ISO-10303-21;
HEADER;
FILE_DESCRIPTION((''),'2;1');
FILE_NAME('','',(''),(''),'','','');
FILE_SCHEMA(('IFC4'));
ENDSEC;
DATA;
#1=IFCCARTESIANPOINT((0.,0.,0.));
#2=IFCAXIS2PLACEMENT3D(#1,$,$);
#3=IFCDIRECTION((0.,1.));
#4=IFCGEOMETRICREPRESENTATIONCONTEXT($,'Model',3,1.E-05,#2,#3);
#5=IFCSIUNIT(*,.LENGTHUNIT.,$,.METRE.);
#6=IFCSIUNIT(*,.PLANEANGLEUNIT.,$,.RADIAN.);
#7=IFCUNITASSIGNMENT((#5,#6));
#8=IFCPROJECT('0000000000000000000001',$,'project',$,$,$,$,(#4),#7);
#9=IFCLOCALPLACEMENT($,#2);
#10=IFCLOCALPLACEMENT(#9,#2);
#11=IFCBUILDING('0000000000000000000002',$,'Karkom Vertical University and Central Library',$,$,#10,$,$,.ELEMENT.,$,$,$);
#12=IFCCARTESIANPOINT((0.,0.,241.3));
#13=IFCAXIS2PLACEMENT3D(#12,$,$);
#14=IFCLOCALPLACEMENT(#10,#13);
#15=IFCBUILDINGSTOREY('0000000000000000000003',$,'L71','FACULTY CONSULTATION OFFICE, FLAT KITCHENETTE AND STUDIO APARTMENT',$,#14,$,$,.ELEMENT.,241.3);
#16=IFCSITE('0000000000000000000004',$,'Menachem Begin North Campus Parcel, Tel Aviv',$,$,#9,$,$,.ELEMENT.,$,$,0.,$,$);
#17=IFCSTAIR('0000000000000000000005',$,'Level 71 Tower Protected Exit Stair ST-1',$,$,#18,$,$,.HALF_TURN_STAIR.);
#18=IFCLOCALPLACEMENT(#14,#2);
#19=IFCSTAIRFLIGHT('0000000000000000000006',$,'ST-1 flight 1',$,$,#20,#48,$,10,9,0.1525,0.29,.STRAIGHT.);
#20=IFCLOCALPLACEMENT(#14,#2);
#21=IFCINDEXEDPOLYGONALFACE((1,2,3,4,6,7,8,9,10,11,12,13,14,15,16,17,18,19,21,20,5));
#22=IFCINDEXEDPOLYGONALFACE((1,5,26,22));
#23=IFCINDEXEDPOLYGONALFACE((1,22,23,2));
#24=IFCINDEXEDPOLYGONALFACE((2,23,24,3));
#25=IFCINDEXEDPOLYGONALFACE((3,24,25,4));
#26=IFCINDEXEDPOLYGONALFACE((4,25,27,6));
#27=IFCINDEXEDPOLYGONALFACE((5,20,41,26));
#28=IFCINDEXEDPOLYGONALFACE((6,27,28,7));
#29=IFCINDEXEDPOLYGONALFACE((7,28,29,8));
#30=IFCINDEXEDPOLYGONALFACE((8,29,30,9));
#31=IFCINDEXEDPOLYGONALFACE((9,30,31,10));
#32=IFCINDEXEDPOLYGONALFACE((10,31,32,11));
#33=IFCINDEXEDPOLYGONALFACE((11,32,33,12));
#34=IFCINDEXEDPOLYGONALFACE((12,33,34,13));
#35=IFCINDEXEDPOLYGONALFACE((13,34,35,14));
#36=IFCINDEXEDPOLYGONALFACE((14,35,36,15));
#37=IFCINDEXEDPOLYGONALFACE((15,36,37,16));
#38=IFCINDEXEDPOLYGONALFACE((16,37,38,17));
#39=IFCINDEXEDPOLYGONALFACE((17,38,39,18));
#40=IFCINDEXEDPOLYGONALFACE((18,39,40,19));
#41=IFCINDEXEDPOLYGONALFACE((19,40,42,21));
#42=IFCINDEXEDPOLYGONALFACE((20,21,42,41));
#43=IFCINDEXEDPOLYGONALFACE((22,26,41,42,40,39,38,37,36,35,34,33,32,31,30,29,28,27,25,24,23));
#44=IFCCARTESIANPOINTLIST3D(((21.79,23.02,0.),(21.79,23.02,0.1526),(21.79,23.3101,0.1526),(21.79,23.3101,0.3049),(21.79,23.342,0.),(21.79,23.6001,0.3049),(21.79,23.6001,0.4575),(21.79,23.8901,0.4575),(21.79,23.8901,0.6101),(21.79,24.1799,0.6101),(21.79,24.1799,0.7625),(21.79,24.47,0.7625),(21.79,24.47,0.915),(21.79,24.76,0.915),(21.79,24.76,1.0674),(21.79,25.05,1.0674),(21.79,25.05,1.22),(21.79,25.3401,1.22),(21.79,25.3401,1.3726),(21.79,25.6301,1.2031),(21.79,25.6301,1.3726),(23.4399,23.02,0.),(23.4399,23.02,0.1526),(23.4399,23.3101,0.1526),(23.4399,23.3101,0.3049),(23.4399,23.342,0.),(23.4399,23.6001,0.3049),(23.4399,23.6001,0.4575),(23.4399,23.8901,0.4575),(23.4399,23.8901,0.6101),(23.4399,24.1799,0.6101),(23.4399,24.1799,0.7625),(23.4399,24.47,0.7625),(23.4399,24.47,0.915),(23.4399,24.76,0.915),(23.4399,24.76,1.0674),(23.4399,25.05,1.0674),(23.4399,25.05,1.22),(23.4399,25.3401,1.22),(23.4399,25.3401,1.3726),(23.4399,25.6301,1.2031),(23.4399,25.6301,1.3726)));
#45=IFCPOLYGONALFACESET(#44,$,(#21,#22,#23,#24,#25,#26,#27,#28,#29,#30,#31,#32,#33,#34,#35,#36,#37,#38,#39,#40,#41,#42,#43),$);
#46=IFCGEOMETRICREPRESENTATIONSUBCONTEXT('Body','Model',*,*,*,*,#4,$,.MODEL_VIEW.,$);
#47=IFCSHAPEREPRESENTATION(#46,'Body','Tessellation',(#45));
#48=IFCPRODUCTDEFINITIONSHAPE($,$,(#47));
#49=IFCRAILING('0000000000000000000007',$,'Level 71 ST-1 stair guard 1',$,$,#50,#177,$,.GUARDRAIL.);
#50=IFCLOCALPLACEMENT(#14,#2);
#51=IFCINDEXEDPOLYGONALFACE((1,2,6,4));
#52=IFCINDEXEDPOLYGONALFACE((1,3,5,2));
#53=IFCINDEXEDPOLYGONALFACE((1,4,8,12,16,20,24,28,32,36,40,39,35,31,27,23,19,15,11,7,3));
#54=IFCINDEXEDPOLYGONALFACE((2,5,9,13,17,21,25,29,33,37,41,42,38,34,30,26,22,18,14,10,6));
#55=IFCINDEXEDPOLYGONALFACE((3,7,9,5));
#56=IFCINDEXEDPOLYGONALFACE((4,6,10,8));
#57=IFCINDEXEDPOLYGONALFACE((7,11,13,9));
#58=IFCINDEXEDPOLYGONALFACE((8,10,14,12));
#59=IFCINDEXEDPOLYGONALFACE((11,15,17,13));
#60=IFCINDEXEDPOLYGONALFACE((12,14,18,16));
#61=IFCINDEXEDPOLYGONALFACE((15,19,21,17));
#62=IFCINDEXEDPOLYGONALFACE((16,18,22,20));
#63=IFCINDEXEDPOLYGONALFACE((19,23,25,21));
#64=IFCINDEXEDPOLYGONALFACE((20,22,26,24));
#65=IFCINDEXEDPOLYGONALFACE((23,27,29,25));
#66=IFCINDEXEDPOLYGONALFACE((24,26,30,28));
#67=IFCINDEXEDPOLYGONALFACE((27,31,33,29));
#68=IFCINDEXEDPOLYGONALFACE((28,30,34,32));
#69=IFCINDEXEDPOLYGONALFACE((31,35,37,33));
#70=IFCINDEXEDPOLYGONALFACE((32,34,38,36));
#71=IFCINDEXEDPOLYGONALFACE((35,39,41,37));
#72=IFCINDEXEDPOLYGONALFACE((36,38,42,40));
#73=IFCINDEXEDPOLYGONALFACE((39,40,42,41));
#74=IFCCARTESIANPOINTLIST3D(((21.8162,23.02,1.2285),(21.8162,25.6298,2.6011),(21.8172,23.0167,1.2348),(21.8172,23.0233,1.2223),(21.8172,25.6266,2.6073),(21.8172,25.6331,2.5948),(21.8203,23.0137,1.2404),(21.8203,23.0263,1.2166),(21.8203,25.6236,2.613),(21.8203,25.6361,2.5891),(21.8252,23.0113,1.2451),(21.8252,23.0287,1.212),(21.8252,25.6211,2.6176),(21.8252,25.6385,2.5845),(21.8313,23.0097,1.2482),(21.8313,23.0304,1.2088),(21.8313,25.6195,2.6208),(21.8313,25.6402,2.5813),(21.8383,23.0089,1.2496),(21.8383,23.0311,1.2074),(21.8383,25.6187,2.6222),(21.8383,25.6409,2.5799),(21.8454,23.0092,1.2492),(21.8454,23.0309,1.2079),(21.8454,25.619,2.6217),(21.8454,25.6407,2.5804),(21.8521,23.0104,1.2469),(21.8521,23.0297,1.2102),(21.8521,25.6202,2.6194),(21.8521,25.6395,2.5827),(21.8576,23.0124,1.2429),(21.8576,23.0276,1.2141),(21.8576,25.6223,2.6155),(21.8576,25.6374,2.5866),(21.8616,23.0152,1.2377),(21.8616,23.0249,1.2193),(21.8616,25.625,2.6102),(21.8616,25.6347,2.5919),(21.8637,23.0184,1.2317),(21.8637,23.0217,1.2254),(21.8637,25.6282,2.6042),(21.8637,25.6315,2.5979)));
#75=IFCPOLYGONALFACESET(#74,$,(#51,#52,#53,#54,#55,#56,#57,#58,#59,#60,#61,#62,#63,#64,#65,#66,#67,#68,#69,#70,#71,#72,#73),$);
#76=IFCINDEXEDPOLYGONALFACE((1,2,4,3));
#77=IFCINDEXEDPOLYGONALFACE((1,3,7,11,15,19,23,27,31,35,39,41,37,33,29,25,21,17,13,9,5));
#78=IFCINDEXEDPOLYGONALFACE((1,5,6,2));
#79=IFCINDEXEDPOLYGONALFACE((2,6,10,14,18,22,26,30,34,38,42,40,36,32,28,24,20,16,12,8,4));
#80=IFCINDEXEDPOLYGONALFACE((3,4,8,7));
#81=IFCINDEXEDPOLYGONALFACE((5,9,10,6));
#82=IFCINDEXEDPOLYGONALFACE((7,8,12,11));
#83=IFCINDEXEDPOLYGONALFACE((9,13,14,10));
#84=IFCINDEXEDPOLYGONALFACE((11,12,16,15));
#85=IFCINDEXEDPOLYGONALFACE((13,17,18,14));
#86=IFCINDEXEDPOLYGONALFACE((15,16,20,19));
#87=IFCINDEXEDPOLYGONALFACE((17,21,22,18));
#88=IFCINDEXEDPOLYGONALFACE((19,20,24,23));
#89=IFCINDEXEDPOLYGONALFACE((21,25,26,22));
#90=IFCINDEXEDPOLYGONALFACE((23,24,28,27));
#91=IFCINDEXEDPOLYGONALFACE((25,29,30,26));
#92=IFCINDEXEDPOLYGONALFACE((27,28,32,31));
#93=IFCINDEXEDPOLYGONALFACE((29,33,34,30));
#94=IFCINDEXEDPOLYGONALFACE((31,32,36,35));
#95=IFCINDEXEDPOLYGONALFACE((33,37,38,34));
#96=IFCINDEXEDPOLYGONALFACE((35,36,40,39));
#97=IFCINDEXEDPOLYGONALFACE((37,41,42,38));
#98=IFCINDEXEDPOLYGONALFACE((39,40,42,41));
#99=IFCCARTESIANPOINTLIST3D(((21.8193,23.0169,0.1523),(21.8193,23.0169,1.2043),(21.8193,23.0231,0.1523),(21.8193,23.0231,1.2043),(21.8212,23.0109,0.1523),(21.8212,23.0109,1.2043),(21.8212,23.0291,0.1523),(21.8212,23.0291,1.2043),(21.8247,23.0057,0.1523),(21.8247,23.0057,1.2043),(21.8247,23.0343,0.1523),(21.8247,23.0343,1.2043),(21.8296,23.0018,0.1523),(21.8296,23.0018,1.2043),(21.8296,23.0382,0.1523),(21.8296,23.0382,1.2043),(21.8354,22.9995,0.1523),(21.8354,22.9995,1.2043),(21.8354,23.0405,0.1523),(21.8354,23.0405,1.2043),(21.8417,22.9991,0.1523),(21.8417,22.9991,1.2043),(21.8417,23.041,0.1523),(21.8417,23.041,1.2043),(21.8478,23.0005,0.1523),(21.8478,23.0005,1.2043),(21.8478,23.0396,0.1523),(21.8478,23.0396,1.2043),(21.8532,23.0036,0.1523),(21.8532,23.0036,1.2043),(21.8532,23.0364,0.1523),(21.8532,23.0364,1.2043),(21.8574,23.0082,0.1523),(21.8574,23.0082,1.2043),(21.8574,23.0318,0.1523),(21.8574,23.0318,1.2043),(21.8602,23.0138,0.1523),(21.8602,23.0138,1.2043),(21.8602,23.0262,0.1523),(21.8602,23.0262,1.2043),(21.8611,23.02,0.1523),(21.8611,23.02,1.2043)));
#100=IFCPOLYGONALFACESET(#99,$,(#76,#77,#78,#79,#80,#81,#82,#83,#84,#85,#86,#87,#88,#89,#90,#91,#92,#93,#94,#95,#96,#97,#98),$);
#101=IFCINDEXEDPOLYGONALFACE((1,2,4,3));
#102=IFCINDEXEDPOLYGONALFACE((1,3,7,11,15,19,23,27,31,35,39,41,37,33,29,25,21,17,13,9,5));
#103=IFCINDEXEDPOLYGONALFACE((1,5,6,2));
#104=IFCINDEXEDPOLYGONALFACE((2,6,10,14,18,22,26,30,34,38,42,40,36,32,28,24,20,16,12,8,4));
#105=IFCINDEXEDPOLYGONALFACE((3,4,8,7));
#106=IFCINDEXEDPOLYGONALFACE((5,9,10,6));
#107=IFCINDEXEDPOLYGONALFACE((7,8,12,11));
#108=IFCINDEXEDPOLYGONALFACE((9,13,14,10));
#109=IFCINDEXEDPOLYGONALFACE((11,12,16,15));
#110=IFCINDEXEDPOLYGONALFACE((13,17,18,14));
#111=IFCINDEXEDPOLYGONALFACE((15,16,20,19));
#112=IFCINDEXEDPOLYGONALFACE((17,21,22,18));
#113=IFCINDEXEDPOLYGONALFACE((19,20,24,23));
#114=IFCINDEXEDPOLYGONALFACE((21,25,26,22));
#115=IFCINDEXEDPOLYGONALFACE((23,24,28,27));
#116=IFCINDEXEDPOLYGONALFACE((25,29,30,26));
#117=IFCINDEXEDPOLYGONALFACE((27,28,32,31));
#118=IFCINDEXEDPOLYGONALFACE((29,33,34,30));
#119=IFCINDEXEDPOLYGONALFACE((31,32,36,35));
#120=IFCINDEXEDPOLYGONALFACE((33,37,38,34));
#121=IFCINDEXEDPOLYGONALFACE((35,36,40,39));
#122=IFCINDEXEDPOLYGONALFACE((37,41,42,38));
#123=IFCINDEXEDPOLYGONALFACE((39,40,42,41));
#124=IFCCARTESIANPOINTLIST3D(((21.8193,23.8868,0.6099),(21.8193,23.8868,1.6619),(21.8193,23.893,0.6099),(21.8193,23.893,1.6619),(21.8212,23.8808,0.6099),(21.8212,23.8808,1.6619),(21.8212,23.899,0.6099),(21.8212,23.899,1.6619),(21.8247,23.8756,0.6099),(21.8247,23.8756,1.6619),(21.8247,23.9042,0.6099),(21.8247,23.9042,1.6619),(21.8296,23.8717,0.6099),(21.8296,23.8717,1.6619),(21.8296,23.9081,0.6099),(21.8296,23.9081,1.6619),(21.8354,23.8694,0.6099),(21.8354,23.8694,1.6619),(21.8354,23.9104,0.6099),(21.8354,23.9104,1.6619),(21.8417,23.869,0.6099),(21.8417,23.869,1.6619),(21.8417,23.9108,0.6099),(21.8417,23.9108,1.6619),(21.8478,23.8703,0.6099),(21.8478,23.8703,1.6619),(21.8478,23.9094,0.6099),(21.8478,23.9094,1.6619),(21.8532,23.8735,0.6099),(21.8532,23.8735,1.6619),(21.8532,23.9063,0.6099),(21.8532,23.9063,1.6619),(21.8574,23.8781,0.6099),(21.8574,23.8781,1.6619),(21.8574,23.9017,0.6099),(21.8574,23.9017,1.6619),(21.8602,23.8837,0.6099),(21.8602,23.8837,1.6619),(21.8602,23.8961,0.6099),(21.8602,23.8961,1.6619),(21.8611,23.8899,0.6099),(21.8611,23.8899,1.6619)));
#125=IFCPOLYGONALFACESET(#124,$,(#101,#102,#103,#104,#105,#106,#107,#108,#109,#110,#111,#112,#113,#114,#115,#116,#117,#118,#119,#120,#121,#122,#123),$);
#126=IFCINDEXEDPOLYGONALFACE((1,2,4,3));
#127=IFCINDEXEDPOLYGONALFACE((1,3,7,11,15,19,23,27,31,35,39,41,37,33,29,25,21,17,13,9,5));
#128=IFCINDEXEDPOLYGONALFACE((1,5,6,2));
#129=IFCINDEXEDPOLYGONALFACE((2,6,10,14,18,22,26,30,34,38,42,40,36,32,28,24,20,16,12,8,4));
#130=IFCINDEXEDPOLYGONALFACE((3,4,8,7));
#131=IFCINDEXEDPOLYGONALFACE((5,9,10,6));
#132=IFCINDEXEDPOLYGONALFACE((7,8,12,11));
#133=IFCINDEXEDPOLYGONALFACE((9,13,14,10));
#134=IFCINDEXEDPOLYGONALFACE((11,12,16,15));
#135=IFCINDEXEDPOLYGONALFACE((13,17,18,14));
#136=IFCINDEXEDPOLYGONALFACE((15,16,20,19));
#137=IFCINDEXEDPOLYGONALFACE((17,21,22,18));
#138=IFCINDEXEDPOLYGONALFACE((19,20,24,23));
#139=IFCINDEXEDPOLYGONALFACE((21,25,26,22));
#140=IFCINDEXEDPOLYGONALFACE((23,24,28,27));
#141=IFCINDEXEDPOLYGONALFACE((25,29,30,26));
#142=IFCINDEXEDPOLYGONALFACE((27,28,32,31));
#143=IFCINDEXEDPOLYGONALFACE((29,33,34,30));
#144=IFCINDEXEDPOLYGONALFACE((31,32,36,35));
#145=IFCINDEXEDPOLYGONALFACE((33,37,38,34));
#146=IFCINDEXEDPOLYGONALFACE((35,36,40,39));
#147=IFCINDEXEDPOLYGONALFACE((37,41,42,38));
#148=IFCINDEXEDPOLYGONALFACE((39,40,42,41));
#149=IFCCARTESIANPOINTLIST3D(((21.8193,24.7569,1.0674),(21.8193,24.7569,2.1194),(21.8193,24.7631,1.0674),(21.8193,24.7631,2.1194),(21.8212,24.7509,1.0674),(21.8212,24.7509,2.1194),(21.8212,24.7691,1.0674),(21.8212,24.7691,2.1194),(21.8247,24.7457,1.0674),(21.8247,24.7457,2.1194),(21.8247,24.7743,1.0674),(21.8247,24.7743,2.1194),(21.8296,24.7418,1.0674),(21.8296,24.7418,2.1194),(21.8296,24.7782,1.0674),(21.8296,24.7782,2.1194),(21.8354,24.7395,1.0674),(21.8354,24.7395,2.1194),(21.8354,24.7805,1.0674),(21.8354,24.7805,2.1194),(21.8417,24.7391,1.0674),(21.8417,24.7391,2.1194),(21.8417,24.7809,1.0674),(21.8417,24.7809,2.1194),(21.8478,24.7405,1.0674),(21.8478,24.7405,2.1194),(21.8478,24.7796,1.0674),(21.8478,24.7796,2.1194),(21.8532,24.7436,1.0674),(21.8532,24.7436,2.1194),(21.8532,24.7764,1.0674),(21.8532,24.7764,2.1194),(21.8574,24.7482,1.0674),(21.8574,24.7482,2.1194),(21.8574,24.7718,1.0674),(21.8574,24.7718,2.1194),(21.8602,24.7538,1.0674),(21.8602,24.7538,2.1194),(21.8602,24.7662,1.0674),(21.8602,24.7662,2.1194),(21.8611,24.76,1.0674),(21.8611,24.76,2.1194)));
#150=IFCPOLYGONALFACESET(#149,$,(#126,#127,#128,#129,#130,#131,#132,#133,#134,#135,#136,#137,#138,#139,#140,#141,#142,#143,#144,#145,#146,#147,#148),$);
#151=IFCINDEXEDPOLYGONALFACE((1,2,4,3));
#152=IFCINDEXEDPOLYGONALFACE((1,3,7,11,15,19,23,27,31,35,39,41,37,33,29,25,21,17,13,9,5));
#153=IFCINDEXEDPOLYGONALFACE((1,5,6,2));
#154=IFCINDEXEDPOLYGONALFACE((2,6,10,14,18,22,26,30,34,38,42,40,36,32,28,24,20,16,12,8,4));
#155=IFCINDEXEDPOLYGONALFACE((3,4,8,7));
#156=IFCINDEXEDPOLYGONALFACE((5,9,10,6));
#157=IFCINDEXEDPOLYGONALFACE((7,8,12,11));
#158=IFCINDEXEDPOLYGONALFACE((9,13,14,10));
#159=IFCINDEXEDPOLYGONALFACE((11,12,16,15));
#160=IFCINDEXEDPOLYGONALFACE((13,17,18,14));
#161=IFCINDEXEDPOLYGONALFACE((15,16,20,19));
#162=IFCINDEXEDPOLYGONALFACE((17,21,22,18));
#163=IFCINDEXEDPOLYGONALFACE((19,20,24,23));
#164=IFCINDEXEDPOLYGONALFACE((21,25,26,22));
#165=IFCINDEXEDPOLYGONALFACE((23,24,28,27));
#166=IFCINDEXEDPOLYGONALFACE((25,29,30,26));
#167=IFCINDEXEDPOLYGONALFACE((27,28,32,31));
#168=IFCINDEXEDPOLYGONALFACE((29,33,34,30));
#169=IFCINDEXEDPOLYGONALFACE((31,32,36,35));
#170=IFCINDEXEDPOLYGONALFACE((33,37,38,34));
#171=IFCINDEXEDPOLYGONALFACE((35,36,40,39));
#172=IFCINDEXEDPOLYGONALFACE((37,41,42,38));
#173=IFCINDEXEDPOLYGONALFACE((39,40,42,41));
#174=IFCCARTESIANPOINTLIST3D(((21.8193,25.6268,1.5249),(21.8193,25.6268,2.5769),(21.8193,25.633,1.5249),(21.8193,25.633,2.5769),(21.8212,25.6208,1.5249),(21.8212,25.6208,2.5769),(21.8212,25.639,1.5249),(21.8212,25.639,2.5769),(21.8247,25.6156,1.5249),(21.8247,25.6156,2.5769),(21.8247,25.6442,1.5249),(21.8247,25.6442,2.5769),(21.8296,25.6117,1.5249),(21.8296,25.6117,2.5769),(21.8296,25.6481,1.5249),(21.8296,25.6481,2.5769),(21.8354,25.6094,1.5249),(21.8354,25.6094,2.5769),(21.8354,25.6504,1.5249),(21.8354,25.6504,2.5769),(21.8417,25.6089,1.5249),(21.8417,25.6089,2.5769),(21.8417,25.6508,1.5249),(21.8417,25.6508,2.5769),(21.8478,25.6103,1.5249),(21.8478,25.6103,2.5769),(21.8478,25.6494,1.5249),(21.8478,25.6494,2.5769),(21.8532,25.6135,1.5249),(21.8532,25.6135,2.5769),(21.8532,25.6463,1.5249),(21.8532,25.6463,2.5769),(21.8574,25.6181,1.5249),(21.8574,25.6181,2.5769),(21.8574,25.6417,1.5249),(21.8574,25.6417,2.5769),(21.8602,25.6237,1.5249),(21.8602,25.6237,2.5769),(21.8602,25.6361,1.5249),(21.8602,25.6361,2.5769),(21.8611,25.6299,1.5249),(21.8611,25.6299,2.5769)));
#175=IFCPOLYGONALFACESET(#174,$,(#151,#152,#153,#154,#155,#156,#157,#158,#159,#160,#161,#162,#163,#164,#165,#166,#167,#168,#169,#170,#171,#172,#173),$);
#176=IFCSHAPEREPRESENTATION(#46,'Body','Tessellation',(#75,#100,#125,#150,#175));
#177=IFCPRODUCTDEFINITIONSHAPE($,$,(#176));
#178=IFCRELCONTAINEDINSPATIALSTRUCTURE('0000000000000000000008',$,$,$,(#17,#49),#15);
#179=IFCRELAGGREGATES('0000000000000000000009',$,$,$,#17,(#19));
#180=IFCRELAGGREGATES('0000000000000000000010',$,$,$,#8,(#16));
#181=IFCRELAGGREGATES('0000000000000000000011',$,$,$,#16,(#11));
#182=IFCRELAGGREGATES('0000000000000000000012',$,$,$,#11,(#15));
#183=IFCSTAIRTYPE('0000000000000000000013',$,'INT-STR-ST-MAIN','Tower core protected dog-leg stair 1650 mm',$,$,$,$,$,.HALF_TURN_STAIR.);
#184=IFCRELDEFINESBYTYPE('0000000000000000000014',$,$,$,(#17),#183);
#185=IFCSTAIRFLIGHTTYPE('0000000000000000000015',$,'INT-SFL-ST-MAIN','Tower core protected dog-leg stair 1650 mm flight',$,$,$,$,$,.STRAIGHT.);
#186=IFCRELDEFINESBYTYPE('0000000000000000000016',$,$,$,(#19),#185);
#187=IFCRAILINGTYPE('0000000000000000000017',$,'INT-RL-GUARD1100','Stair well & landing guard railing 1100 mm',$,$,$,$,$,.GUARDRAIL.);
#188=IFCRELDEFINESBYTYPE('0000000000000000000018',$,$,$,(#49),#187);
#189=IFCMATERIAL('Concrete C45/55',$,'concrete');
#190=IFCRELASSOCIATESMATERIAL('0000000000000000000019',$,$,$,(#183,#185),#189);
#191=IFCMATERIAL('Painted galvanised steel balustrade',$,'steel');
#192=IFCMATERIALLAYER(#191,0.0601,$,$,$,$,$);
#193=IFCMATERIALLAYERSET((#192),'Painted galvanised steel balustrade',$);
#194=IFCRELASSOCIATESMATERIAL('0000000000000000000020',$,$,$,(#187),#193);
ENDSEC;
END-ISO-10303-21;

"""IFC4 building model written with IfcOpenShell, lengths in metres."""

from ifc_helpers import new_model, si_unit, direction, frame, origin, origin_2d, place, context, subcontext, project, spatial, polyline, circle, outline, extrude, material, layer, layer_set, type_object, element, aggregate, save


model = new_model("IFC4")

# Units and contexts
model_context = context("Model", 3, precision=1e-05, world=origin(), true_north=direction((0.0, 1.0)))
body_context = subcontext(model_context, "Body", "Model", "MODEL_VIEW")
ifc_project = project(units=[si_unit("LENGTHUNIT", "METRE"), si_unit("PLANEANGLEUNIT", "RADIAN")], contexts=[model_context])

# Site, building, storey
site_placement = place(None, origin())
site = spatial("IfcSite", under=ifc_project, at=site_placement, Name="Menachem Begin North Campus Parcel, Tel Aviv", CompositionType="ELEMENT", RefElevation=0.0)
building_placement = place(site_placement, origin())
building = spatial("IfcBuilding", under=site, at=building_placement, Name="Karkom Vertical University and Central Library", CompositionType="ELEMENT")
storey_placement = place(building_placement, frame((0.0, 0.0, 241.3)))
storey = spatial("IfcBuildingStorey", under=building, at=storey_placement, Name="L71", Description="FACULTY CONSULTATION OFFICE, FLAT KITCHENETTE AND STUDIO APARTMENT", CompositionType="ELEMENT", Elevation=241.3)

# Shared definitions
ifc_material_1 = material(Name="Concrete C45/55", Category="concrete")

# Stair, stair flight
stair_type = type_object("IfcStairType", Name="INT-STR-ST-MAIN", Description="Tower core protected dog-leg stair 1650 mm", PredefinedType="HALF_TURN_STAIR", material=ifc_material_1)
stair_placement = place(storey_placement, origin())
stair = element("IfcStair", 1, at=stair_placement, inside=storey, type_object=stair_type, Name="Level 71 Tower Protected Exit Stair ST-1", PredefinedType="HALF_TURN_STAIR")
stair_flight_type = type_object("IfcStairFlightType", Name="INT-SFL-ST-MAIN", Description="Tower core protected dog-leg stair 1650 mm flight", PredefinedType="STRAIGHT", material=ifc_material_1)
stair_flight_placement = place(storey_placement, frame((22.615, 23.02, 0.0), z_axis=(0.0, 0.0, 1.0), x_axis=(0.0, 1.0, 0.0)))
stair_flight = element("IfcStairFlight", 2, at=stair_flight_placement, type_object=stair_flight_type, Name="ST-1 flight 1", NumberOfRisers=10, NumberOfTreads=9, PredefinedType="STRAIGHT", RiserHeight=0.1525, TreadLength=0.29, context=body_context, shape_type="SweptSolid", body=[
    extrude(outline(polyline([(0.0, 0.0), (0.0, 0.1526), (0.29, 0.1526), (0.29, 0.3049), (0.5801, 0.3049), (0.5801, 0.4575), (0.8701, 0.4575), (0.8701, 0.6101), (1.1599, 0.6101), (1.1599, 0.7625), (1.45, 0.7625), (1.45, 0.915), (1.74, 0.915), (1.74, 1.0674), (2.03, 1.0674), (2.03, 1.22), (2.3201, 1.22), (2.3201, 1.3726), (2.6101, 1.3726), (2.6101, 1.5249), (2.6101, 1.2031), (0.322, 0.0), (0.0, 0.0)])), frame((0.0, 0.825, 0.0), z_axis=(0.0, -1.0, 0.0), x_axis=(1.0, 0.0, 0.0)), (0.0, 0.0, 1.0), 1.6499),
])
aggregate(stair, [stair_flight])

# Railing
ifc_material_2 = material(Name="Painted galvanised steel balustrade", Category="steel")
ifc_layer_1 = layer(ifc_material_2, 0.0601)
ifc_layer_set_1 = layer_set([ifc_layer_1], Name="Painted galvanised steel balustrade")
railing_type_1 = type_object("IfcRailingType", Name="INT-RL-GUARD1100", Description="Stair well & landing guard railing 1100 mm", PredefinedType="GUARDRAIL", material=ifc_layer_set_1)
railing_1_placement = place(storey_placement, frame((21.8401, 23.02, 0.1523)))
element("IfcRailing", 3, at=railing_1_placement, inside=storey, type_object=railing_type_1, Name="Level 71 ST-1 stair guard 1", PredefinedType="GUARDRAIL", context=body_context, shape_type="SweptSolid", body=[
    extrude(circle(Radius=0.0239, at=origin_2d()), frame((0.0, 0.0, 1.0762), z_axis=(0.0, 0.885065, 0.465467), x_axis=(-1.0, 0.0, 0.0)), (0.0, 0.0, 1.0), 2.9487),
    extrude(circle(Radius=0.021, at=origin_2d()), origin(), (0.0, 0.0, 1.0), 1.052),
    extrude(circle(Radius=0.021, at=origin_2d()), frame((0.0, 0.8699, 0.4575)), (0.0, 0.0, 1.0), 1.052),
    extrude(circle(Radius=0.021, at=origin_2d()), frame((0.0, 1.74, 0.915)), (0.0, 0.0, 1.0), 1.052),
    extrude(circle(Radius=0.021, at=origin_2d()), frame((0.0, 2.6099, 1.3726)), (0.0, 0.0, 1.0), 1.052),
])

save(model, "model.ifc")
